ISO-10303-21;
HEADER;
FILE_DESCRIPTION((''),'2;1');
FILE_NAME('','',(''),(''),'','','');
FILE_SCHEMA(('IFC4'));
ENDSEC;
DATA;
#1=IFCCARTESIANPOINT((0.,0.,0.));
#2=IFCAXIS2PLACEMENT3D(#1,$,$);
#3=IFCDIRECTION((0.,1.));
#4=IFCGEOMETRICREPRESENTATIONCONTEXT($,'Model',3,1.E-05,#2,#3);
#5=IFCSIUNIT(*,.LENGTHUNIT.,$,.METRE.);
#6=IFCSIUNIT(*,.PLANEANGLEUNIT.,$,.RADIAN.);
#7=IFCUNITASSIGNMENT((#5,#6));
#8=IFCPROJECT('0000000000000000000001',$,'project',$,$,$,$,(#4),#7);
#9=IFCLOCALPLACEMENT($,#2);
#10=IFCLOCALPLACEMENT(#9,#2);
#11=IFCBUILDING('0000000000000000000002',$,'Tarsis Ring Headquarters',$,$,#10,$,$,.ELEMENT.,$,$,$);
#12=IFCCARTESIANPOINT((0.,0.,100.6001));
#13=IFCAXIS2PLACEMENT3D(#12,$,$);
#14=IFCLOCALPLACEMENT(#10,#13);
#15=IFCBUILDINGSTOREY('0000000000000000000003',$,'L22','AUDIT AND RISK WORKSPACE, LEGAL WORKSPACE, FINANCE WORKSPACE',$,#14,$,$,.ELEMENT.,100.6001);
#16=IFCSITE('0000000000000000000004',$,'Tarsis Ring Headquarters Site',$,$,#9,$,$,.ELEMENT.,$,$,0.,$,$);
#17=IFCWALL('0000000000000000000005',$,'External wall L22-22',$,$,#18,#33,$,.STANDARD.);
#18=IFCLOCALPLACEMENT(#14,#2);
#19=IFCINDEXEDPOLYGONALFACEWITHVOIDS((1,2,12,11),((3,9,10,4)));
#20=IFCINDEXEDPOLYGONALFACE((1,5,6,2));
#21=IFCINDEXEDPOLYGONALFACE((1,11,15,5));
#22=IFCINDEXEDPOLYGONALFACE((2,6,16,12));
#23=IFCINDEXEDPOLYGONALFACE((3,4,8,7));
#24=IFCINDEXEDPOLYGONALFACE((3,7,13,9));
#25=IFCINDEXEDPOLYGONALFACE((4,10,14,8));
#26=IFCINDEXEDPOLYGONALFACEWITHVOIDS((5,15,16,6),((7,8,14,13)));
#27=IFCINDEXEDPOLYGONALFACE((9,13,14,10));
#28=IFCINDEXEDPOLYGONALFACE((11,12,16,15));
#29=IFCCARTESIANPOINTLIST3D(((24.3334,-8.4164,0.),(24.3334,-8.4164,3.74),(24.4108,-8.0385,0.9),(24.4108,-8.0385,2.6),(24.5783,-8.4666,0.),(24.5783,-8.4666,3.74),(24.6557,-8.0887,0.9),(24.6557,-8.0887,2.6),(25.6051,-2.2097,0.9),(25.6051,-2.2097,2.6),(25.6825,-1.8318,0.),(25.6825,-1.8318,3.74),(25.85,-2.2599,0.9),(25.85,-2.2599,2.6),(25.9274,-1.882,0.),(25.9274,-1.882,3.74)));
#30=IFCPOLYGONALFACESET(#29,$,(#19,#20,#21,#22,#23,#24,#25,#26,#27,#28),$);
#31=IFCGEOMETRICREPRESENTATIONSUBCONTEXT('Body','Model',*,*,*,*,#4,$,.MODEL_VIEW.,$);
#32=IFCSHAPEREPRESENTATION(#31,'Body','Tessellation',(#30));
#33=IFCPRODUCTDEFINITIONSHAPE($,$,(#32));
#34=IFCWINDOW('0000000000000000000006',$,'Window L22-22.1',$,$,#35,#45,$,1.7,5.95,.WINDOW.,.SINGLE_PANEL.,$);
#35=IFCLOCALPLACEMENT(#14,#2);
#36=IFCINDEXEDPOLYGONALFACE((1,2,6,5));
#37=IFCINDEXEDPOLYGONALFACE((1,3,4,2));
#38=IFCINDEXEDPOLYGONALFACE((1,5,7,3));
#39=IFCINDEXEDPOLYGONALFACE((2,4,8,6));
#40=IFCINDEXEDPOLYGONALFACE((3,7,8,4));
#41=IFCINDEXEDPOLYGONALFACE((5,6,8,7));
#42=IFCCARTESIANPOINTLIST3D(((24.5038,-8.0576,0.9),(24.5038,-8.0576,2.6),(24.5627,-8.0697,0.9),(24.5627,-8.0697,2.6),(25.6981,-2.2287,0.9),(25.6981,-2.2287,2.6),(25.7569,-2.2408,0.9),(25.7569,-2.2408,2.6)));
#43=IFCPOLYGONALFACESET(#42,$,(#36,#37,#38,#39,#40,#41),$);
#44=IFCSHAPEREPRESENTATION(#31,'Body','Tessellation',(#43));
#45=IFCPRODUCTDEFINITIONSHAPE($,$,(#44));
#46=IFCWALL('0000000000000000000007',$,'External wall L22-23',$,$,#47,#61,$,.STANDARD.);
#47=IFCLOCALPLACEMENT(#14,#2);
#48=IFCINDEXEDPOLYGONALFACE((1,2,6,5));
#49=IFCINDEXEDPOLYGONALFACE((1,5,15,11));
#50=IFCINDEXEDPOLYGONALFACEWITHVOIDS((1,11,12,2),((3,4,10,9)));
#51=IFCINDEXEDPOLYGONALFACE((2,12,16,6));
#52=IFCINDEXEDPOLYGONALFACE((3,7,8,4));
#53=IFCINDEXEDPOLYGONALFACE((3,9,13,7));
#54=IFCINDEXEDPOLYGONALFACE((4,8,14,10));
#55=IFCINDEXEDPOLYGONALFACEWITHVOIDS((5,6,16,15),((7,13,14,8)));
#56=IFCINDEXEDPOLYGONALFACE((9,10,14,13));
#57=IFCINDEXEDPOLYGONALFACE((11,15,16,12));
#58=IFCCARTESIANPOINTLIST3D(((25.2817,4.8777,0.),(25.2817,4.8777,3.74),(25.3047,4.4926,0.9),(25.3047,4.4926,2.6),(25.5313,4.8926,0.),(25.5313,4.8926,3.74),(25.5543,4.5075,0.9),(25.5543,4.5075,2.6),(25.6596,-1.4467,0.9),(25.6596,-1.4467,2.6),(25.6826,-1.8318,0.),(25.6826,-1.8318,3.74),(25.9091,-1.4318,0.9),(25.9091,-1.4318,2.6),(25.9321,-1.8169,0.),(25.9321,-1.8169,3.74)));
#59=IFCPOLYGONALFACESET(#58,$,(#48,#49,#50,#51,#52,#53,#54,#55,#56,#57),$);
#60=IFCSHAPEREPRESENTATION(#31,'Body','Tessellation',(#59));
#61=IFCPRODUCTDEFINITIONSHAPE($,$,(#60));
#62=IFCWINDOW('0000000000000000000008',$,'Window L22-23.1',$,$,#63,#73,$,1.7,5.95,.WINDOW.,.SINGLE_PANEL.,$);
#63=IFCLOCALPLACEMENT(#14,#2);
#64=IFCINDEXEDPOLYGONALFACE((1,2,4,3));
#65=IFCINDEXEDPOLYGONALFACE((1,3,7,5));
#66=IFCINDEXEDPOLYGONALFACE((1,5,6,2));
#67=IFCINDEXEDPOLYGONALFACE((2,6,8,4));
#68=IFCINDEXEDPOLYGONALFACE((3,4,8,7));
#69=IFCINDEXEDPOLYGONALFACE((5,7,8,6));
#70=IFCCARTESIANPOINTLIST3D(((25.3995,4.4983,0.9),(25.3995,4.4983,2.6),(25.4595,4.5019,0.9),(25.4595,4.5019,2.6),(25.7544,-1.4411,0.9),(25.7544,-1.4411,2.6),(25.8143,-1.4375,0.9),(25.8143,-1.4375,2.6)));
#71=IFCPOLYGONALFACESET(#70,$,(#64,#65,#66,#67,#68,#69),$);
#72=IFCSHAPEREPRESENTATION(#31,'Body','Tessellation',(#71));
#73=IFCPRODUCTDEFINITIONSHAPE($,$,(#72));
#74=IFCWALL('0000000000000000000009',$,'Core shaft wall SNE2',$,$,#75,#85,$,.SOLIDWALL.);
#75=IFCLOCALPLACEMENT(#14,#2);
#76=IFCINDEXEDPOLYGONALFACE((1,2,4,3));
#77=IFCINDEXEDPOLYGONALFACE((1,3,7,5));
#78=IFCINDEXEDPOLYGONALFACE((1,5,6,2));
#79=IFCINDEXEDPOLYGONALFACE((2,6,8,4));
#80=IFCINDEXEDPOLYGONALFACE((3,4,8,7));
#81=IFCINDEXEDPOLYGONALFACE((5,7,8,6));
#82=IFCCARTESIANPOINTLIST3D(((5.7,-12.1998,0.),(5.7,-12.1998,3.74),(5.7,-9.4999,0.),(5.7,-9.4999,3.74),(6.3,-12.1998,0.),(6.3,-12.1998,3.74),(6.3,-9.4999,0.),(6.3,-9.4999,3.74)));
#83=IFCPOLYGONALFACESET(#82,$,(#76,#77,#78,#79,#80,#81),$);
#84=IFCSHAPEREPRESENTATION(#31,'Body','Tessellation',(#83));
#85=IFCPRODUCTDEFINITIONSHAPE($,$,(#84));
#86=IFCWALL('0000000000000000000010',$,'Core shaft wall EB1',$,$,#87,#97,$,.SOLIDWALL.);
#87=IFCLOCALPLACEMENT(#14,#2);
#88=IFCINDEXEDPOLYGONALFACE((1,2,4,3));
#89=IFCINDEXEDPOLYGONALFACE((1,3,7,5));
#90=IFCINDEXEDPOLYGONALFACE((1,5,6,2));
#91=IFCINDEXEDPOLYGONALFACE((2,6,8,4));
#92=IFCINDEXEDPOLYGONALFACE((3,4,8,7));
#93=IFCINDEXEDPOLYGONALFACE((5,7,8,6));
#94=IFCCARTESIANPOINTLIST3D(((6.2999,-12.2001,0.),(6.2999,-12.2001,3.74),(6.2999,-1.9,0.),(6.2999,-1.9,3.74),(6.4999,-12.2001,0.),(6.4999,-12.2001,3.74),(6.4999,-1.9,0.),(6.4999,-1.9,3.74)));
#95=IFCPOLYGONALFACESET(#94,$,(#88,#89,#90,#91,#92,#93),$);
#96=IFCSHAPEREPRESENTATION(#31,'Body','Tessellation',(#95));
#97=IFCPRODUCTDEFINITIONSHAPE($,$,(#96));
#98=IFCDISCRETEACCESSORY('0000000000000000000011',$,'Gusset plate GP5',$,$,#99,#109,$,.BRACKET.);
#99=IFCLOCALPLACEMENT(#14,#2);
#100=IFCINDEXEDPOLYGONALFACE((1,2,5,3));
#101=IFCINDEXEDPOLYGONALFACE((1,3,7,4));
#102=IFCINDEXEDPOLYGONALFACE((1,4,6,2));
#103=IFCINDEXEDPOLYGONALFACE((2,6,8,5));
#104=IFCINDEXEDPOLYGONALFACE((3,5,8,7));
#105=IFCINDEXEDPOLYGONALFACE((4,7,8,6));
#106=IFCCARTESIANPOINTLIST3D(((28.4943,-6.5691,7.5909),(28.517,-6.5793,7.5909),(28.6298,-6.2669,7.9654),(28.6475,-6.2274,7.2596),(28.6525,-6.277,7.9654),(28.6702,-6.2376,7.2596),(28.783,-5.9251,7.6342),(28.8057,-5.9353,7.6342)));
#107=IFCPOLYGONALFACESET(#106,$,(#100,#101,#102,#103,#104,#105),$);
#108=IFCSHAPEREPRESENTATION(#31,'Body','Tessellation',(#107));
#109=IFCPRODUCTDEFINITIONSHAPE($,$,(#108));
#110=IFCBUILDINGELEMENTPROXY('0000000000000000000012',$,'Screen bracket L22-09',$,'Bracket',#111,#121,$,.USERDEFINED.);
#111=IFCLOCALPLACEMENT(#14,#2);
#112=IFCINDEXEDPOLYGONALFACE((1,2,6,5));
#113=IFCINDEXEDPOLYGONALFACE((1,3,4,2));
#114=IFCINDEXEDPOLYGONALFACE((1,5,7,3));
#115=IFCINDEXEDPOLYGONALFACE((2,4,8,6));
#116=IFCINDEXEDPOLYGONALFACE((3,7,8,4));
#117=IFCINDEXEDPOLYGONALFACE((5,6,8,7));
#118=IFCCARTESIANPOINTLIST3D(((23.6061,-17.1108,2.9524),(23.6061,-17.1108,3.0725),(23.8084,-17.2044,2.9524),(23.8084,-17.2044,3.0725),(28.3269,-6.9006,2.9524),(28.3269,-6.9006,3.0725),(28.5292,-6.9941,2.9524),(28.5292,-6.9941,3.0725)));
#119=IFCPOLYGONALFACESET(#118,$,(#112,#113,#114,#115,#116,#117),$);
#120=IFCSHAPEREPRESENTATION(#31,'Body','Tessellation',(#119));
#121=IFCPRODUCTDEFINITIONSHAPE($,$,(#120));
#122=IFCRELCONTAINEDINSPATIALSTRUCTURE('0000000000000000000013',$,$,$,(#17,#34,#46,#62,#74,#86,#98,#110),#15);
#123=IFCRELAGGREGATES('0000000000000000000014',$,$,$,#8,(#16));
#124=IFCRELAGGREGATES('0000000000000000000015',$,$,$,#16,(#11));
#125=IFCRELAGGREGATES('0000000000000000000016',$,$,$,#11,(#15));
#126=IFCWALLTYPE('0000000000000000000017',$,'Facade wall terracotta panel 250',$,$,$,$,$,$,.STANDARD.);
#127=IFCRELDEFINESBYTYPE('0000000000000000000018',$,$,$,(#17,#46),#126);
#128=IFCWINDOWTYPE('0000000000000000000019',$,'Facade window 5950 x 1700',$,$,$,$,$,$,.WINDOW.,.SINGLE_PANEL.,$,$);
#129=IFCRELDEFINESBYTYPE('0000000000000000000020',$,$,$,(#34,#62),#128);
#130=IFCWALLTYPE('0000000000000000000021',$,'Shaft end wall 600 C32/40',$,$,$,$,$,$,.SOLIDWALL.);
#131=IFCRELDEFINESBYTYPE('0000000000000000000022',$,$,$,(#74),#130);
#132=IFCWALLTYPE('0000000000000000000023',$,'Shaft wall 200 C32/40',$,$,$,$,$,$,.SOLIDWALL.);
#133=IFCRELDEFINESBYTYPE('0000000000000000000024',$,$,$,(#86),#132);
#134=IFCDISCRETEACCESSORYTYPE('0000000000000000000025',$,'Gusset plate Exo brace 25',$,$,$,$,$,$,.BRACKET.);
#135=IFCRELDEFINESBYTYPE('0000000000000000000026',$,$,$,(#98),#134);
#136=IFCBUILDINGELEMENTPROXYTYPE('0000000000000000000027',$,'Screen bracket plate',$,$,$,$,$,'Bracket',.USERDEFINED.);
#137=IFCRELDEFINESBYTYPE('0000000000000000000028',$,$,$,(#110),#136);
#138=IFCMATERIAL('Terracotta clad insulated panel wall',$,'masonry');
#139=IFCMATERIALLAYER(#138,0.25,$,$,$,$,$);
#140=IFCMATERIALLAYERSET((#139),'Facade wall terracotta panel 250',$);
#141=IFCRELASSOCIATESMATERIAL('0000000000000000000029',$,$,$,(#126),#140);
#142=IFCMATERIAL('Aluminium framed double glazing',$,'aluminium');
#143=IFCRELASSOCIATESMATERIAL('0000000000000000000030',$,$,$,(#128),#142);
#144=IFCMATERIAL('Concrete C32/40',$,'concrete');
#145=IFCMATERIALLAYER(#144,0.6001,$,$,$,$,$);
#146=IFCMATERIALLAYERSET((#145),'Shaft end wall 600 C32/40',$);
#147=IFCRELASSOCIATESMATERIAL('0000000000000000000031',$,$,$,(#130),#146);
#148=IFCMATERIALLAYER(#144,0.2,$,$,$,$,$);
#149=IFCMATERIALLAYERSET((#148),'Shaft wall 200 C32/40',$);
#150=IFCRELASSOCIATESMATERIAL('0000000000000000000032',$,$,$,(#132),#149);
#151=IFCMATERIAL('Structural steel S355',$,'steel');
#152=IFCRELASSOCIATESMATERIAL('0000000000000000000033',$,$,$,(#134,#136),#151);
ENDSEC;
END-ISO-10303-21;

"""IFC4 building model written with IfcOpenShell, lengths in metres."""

from ifc_helpers import new_model, si_unit, direction, frame, frame_2d, origin, origin_2d, place, context, subcontext, project, spatial, rectangle, extrude, material, layer, layer_set, material_profile, profile_set, type_object, element, fill, save


model = new_model("IFC4")

# Units and contexts
model_context = context("Model", 3, precision=1e-05, world=origin(), true_north=direction((0.0, 1.0)))
body_context = subcontext(model_context, "Body", "Model", "MODEL_VIEW")
ifc_project = project(units=[si_unit("LENGTHUNIT", "METRE"), si_unit("PLANEANGLEUNIT", "RADIAN")], contexts=[model_context])

# Site, building, storey
site_placement = place(None, origin())
site = spatial("IfcSite", under=ifc_project, at=site_placement, Name="Tarsis Ring Headquarters Site", CompositionType="ELEMENT", RefElevation=0.0)
building_placement = place(site_placement, origin())
building = spatial("IfcBuilding", under=site, at=building_placement, Name="Tarsis Ring Headquarters", CompositionType="ELEMENT")
storey_placement = place(building_placement, frame((0.0, 0.0, 100.6001)))
storey = spatial("IfcBuildingStorey", under=building, at=storey_placement, Name="L22", Description="AUDIT AND RISK WORKSPACE, LEGAL WORKSPACE, FINANCE WORKSPACE", CompositionType="ELEMENT", Elevation=100.6001)

# Shared definitions
ifc_material_1 = material(Name="Structural steel S355", Category="steel")

# Walls, openings, windows
ifc_material_2 = material(Name="Terracotta clad insulated panel wall", Category="masonry")
ifc_layer_1 = layer(ifc_material_2, 0.25)
ifc_layer_set_1 = layer_set([ifc_layer_1], Name="Facade wall terracotta panel 250")
wall_type_1 = type_object("IfcWallType", Name="Facade wall terracotta panel 250", PredefinedType="STANDARD", material=ifc_layer_set_1)
wall_1_placement = place(storey_placement, frame((24.4558, -8.4417, 0.0), z_axis=(0.0, 0.0, 1.0), x_axis=(0.200717, 0.979649, 0.0)))
wall_1 = element("IfcWall", 1, at=wall_1_placement, inside=storey, type_object=wall_type_1, Name="External wall L22-22", PredefinedType="STANDARD", context=body_context, shape_type="SweptSolid", body=[
    extrude(rectangle(XDim=6.7214, YDim=0.25, at=frame_2d((3.3608, 0.0))), origin(), (0.0, 0.0, 1.0), 3.74),
])
opening_1_placement = place(wall_1_placement, frame((0.3857, 0.0, 0.8999)))
opening_1 = element("IfcOpeningElement", 2, at=opening_1_placement, cuts=wall_1, PredefinedType="OPENING", context=body_context, shape_type="SweptSolid", body=[
    extrude(rectangle(XDim=5.95, YDim=1.7, at=frame_2d((2.9751, 0.8501))), frame((0.0, 0.135, 0.0), z_axis=(0.0, -1.0, 0.0), x_axis=(1.0, 0.0, 0.0)), (0.0, 0.0, 1.0), 0.27),
])
ifc_material_3 = material(Name="Aluminium framed double glazing", Category="aluminium")
window_type = type_object("IfcWindowType", Name="Facade window 5950 x 1700", PartitioningType="SINGLE_PANEL", PredefinedType="WINDOW", material=ifc_material_3)
window_1_placement = place(opening_1_placement, origin())
window_1 = element("IfcWindow", 3, at=window_1_placement, inside=storey, type_object=window_type, Name="Window L22-22.1", OverallHeight=1.7, OverallWidth=5.95, PartitioningType="SINGLE_PANEL", PredefinedType="WINDOW", context=body_context, shape_type="SweptSolid", body=[
    extrude(rectangle(XDim=5.95, YDim=1.7, at=frame_2d((2.9751, 0.8501))), frame((0.0, 0.03, 0.0), z_axis=(0.0, -1.0, 0.0), x_axis=(1.0, 0.0, 0.0)), (0.0, 0.0, 1.0), 0.0601),
])
fill(opening_1, window_1)
wall_2_placement = place(storey_placement, frame((25.8074, -1.8245, 0.0), z_axis=(0.0, 0.0, 1.0), x_axis=(-0.059642, 0.99822, 0.0)))
wall_2 = element("IfcWall", 4, at=wall_2_placement, inside=storey, type_object=wall_type_1, Name="External wall L22-23", PredefinedType="STANDARD", context=body_context, shape_type="SweptSolid", body=[
    extrude(rectangle(XDim=6.7214, YDim=0.25, at=frame_2d((3.3608, 0.0))), origin(), (0.0, 0.0, 1.0), 3.74),
])
opening_2_placement = place(wall_2_placement, frame((0.3857, 0.0, 0.8999)))
opening_2 = element("IfcOpeningElement", 5, at=opening_2_placement, cuts=wall_2, PredefinedType="OPENING", context=body_context, shape_type="SweptSolid", body=[
    extrude(rectangle(XDim=5.95, YDim=1.7, at=frame_2d((2.9751, 0.8501))), frame((0.0, 0.135, 0.0), z_axis=(0.0, -1.0, 0.0), x_axis=(1.0, 0.0, 0.0)), (0.0, 0.0, 1.0), 0.27),
])
window_2_placement = place(opening_2_placement, origin())
window_2 = element("IfcWindow", 6, at=window_2_placement, inside=storey, type_object=window_type, Name="Window L22-23.1", OverallHeight=1.7, OverallWidth=5.95, PartitioningType="SINGLE_PANEL", PredefinedType="WINDOW", context=body_context, shape_type="SweptSolid", body=[
    extrude(rectangle(XDim=5.95, YDim=1.7, at=frame_2d((2.9751, 0.8501))), frame((0.0, 0.03, 0.0), z_axis=(0.0, -1.0, 0.0), x_axis=(1.0, 0.0, 0.0)), (0.0, 0.0, 1.0), 0.0601),
])
fill(opening_2, window_2)

# Walls
ifc_material_4 = material(Name="Concrete C32/40", Category="concrete")
ifc_layer_2 = layer(ifc_material_4, 0.6001)
ifc_layer_set_2 = layer_set([ifc_layer_2], Name="Shaft end wall 600 C32/40")
wall_type_2 = type_object("IfcWallType", Name="Shaft end wall 600 C32/40", PredefinedType="SOLIDWALL", material=ifc_layer_set_2)
wall_3_placement = place(storey_placement, frame((6.0, -12.2, 0.0), z_axis=(0.0, 0.0, 1.0), x_axis=(0.0, 1.0, 0.0)))
element("IfcWall", 7, at=wall_3_placement, inside=storey, type_object=wall_type_2, Name="Core shaft wall SNE2", PredefinedType="SOLIDWALL", context=body_context, shape_type="SweptSolid", body=[
    extrude(rectangle(XDim=2.7, YDim=0.6001, at=frame_2d((1.3501, 0.0))), origin(), (0.0, 0.0, 1.0), 3.74),
])
ifc_layer_3 = layer(ifc_material_4, 0.2)
ifc_layer_set_3 = layer_set([ifc_layer_3], Name="Shaft wall 200 C32/40")
wall_type_3 = type_object("IfcWallType", Name="Shaft wall 200 C32/40", PredefinedType="SOLIDWALL", material=ifc_layer_set_3)
wall_4_placement = place(storey_placement, frame((6.3999, -12.2, 0.0), z_axis=(0.0, 0.0, 1.0), x_axis=(0.0, 1.0, 0.0)))
element("IfcWall", 8, at=wall_4_placement, inside=storey, type_object=wall_type_3, Name="Core shaft wall EB1", PredefinedType="SOLIDWALL", context=body_context, shape_type="SweptSolid", body=[
    extrude(rectangle(XDim=10.3, YDim=0.2, at=frame_2d((5.1499, 0.0))), origin(), (0.0, 0.0, 1.0), 3.74),
])

# Discrete accessory
ifc_material_profile_1 = material_profile(ifc_material_1, rectangle(XDim=0.0249, YDim=0.5, at=origin_2d()), Name="PL 25x500")
ifc_profile_set_1 = profile_set([ifc_material_profile_1], Name="Structural steel S355")
discrete_accessory_type = type_object("IfcDiscreteAccessoryType", Name="Gusset plate Exo brace 25", PredefinedType="BRACKET", material=ifc_profile_set_1)
discrete_accessory_placement = place(storey_placement, frame((28.7178, -6.1011, 7.7998), z_axis=(-0.271012, -0.604527, -0.749066), x_axis=(0.9125, -0.409077, 0.0)))
element("IfcDiscreteAccessory", 9, at=discrete_accessory_placement, inside=storey, type_object=discrete_accessory_type, Name="Gusset plate GP5", PredefinedType="BRACKET", context=body_context, shape_type="SweptSolid", body=[
    extrude(rectangle(XDim=0.0249, YDim=0.5, at=origin_2d()), origin(), (0.0, 0.0, 1.0), 0.5),
])

# Building element proxy
building_element_proxy_type = type_object("IfcBuildingElementProxyType", Name="Screen bracket plate", ElementType="Bracket", PredefinedType="USERDEFINED", material=ifc_material_1)
proxy_placement = place(storey_placement, frame((26.0676, -12.0525, 2.9524), z_axis=(0.0, 0.0, 1.0), x_axis=(0.41967, 0.907677, 0.0)))
element("IfcBuildingElementProxy", 10, at=proxy_placement, inside=storey, type_object=building_element_proxy_type, Name="Screen bracket L22-09", ObjectType="Bracket", PredefinedType="USERDEFINED", context=body_context, shape_type="SweptSolid", body=[
    extrude(rectangle(XDim=11.2488, YDim=0.2229, at=origin_2d()), origin(), (0.0, 0.0, 1.0), 0.1201),
])

save(model, "model.ifc")
